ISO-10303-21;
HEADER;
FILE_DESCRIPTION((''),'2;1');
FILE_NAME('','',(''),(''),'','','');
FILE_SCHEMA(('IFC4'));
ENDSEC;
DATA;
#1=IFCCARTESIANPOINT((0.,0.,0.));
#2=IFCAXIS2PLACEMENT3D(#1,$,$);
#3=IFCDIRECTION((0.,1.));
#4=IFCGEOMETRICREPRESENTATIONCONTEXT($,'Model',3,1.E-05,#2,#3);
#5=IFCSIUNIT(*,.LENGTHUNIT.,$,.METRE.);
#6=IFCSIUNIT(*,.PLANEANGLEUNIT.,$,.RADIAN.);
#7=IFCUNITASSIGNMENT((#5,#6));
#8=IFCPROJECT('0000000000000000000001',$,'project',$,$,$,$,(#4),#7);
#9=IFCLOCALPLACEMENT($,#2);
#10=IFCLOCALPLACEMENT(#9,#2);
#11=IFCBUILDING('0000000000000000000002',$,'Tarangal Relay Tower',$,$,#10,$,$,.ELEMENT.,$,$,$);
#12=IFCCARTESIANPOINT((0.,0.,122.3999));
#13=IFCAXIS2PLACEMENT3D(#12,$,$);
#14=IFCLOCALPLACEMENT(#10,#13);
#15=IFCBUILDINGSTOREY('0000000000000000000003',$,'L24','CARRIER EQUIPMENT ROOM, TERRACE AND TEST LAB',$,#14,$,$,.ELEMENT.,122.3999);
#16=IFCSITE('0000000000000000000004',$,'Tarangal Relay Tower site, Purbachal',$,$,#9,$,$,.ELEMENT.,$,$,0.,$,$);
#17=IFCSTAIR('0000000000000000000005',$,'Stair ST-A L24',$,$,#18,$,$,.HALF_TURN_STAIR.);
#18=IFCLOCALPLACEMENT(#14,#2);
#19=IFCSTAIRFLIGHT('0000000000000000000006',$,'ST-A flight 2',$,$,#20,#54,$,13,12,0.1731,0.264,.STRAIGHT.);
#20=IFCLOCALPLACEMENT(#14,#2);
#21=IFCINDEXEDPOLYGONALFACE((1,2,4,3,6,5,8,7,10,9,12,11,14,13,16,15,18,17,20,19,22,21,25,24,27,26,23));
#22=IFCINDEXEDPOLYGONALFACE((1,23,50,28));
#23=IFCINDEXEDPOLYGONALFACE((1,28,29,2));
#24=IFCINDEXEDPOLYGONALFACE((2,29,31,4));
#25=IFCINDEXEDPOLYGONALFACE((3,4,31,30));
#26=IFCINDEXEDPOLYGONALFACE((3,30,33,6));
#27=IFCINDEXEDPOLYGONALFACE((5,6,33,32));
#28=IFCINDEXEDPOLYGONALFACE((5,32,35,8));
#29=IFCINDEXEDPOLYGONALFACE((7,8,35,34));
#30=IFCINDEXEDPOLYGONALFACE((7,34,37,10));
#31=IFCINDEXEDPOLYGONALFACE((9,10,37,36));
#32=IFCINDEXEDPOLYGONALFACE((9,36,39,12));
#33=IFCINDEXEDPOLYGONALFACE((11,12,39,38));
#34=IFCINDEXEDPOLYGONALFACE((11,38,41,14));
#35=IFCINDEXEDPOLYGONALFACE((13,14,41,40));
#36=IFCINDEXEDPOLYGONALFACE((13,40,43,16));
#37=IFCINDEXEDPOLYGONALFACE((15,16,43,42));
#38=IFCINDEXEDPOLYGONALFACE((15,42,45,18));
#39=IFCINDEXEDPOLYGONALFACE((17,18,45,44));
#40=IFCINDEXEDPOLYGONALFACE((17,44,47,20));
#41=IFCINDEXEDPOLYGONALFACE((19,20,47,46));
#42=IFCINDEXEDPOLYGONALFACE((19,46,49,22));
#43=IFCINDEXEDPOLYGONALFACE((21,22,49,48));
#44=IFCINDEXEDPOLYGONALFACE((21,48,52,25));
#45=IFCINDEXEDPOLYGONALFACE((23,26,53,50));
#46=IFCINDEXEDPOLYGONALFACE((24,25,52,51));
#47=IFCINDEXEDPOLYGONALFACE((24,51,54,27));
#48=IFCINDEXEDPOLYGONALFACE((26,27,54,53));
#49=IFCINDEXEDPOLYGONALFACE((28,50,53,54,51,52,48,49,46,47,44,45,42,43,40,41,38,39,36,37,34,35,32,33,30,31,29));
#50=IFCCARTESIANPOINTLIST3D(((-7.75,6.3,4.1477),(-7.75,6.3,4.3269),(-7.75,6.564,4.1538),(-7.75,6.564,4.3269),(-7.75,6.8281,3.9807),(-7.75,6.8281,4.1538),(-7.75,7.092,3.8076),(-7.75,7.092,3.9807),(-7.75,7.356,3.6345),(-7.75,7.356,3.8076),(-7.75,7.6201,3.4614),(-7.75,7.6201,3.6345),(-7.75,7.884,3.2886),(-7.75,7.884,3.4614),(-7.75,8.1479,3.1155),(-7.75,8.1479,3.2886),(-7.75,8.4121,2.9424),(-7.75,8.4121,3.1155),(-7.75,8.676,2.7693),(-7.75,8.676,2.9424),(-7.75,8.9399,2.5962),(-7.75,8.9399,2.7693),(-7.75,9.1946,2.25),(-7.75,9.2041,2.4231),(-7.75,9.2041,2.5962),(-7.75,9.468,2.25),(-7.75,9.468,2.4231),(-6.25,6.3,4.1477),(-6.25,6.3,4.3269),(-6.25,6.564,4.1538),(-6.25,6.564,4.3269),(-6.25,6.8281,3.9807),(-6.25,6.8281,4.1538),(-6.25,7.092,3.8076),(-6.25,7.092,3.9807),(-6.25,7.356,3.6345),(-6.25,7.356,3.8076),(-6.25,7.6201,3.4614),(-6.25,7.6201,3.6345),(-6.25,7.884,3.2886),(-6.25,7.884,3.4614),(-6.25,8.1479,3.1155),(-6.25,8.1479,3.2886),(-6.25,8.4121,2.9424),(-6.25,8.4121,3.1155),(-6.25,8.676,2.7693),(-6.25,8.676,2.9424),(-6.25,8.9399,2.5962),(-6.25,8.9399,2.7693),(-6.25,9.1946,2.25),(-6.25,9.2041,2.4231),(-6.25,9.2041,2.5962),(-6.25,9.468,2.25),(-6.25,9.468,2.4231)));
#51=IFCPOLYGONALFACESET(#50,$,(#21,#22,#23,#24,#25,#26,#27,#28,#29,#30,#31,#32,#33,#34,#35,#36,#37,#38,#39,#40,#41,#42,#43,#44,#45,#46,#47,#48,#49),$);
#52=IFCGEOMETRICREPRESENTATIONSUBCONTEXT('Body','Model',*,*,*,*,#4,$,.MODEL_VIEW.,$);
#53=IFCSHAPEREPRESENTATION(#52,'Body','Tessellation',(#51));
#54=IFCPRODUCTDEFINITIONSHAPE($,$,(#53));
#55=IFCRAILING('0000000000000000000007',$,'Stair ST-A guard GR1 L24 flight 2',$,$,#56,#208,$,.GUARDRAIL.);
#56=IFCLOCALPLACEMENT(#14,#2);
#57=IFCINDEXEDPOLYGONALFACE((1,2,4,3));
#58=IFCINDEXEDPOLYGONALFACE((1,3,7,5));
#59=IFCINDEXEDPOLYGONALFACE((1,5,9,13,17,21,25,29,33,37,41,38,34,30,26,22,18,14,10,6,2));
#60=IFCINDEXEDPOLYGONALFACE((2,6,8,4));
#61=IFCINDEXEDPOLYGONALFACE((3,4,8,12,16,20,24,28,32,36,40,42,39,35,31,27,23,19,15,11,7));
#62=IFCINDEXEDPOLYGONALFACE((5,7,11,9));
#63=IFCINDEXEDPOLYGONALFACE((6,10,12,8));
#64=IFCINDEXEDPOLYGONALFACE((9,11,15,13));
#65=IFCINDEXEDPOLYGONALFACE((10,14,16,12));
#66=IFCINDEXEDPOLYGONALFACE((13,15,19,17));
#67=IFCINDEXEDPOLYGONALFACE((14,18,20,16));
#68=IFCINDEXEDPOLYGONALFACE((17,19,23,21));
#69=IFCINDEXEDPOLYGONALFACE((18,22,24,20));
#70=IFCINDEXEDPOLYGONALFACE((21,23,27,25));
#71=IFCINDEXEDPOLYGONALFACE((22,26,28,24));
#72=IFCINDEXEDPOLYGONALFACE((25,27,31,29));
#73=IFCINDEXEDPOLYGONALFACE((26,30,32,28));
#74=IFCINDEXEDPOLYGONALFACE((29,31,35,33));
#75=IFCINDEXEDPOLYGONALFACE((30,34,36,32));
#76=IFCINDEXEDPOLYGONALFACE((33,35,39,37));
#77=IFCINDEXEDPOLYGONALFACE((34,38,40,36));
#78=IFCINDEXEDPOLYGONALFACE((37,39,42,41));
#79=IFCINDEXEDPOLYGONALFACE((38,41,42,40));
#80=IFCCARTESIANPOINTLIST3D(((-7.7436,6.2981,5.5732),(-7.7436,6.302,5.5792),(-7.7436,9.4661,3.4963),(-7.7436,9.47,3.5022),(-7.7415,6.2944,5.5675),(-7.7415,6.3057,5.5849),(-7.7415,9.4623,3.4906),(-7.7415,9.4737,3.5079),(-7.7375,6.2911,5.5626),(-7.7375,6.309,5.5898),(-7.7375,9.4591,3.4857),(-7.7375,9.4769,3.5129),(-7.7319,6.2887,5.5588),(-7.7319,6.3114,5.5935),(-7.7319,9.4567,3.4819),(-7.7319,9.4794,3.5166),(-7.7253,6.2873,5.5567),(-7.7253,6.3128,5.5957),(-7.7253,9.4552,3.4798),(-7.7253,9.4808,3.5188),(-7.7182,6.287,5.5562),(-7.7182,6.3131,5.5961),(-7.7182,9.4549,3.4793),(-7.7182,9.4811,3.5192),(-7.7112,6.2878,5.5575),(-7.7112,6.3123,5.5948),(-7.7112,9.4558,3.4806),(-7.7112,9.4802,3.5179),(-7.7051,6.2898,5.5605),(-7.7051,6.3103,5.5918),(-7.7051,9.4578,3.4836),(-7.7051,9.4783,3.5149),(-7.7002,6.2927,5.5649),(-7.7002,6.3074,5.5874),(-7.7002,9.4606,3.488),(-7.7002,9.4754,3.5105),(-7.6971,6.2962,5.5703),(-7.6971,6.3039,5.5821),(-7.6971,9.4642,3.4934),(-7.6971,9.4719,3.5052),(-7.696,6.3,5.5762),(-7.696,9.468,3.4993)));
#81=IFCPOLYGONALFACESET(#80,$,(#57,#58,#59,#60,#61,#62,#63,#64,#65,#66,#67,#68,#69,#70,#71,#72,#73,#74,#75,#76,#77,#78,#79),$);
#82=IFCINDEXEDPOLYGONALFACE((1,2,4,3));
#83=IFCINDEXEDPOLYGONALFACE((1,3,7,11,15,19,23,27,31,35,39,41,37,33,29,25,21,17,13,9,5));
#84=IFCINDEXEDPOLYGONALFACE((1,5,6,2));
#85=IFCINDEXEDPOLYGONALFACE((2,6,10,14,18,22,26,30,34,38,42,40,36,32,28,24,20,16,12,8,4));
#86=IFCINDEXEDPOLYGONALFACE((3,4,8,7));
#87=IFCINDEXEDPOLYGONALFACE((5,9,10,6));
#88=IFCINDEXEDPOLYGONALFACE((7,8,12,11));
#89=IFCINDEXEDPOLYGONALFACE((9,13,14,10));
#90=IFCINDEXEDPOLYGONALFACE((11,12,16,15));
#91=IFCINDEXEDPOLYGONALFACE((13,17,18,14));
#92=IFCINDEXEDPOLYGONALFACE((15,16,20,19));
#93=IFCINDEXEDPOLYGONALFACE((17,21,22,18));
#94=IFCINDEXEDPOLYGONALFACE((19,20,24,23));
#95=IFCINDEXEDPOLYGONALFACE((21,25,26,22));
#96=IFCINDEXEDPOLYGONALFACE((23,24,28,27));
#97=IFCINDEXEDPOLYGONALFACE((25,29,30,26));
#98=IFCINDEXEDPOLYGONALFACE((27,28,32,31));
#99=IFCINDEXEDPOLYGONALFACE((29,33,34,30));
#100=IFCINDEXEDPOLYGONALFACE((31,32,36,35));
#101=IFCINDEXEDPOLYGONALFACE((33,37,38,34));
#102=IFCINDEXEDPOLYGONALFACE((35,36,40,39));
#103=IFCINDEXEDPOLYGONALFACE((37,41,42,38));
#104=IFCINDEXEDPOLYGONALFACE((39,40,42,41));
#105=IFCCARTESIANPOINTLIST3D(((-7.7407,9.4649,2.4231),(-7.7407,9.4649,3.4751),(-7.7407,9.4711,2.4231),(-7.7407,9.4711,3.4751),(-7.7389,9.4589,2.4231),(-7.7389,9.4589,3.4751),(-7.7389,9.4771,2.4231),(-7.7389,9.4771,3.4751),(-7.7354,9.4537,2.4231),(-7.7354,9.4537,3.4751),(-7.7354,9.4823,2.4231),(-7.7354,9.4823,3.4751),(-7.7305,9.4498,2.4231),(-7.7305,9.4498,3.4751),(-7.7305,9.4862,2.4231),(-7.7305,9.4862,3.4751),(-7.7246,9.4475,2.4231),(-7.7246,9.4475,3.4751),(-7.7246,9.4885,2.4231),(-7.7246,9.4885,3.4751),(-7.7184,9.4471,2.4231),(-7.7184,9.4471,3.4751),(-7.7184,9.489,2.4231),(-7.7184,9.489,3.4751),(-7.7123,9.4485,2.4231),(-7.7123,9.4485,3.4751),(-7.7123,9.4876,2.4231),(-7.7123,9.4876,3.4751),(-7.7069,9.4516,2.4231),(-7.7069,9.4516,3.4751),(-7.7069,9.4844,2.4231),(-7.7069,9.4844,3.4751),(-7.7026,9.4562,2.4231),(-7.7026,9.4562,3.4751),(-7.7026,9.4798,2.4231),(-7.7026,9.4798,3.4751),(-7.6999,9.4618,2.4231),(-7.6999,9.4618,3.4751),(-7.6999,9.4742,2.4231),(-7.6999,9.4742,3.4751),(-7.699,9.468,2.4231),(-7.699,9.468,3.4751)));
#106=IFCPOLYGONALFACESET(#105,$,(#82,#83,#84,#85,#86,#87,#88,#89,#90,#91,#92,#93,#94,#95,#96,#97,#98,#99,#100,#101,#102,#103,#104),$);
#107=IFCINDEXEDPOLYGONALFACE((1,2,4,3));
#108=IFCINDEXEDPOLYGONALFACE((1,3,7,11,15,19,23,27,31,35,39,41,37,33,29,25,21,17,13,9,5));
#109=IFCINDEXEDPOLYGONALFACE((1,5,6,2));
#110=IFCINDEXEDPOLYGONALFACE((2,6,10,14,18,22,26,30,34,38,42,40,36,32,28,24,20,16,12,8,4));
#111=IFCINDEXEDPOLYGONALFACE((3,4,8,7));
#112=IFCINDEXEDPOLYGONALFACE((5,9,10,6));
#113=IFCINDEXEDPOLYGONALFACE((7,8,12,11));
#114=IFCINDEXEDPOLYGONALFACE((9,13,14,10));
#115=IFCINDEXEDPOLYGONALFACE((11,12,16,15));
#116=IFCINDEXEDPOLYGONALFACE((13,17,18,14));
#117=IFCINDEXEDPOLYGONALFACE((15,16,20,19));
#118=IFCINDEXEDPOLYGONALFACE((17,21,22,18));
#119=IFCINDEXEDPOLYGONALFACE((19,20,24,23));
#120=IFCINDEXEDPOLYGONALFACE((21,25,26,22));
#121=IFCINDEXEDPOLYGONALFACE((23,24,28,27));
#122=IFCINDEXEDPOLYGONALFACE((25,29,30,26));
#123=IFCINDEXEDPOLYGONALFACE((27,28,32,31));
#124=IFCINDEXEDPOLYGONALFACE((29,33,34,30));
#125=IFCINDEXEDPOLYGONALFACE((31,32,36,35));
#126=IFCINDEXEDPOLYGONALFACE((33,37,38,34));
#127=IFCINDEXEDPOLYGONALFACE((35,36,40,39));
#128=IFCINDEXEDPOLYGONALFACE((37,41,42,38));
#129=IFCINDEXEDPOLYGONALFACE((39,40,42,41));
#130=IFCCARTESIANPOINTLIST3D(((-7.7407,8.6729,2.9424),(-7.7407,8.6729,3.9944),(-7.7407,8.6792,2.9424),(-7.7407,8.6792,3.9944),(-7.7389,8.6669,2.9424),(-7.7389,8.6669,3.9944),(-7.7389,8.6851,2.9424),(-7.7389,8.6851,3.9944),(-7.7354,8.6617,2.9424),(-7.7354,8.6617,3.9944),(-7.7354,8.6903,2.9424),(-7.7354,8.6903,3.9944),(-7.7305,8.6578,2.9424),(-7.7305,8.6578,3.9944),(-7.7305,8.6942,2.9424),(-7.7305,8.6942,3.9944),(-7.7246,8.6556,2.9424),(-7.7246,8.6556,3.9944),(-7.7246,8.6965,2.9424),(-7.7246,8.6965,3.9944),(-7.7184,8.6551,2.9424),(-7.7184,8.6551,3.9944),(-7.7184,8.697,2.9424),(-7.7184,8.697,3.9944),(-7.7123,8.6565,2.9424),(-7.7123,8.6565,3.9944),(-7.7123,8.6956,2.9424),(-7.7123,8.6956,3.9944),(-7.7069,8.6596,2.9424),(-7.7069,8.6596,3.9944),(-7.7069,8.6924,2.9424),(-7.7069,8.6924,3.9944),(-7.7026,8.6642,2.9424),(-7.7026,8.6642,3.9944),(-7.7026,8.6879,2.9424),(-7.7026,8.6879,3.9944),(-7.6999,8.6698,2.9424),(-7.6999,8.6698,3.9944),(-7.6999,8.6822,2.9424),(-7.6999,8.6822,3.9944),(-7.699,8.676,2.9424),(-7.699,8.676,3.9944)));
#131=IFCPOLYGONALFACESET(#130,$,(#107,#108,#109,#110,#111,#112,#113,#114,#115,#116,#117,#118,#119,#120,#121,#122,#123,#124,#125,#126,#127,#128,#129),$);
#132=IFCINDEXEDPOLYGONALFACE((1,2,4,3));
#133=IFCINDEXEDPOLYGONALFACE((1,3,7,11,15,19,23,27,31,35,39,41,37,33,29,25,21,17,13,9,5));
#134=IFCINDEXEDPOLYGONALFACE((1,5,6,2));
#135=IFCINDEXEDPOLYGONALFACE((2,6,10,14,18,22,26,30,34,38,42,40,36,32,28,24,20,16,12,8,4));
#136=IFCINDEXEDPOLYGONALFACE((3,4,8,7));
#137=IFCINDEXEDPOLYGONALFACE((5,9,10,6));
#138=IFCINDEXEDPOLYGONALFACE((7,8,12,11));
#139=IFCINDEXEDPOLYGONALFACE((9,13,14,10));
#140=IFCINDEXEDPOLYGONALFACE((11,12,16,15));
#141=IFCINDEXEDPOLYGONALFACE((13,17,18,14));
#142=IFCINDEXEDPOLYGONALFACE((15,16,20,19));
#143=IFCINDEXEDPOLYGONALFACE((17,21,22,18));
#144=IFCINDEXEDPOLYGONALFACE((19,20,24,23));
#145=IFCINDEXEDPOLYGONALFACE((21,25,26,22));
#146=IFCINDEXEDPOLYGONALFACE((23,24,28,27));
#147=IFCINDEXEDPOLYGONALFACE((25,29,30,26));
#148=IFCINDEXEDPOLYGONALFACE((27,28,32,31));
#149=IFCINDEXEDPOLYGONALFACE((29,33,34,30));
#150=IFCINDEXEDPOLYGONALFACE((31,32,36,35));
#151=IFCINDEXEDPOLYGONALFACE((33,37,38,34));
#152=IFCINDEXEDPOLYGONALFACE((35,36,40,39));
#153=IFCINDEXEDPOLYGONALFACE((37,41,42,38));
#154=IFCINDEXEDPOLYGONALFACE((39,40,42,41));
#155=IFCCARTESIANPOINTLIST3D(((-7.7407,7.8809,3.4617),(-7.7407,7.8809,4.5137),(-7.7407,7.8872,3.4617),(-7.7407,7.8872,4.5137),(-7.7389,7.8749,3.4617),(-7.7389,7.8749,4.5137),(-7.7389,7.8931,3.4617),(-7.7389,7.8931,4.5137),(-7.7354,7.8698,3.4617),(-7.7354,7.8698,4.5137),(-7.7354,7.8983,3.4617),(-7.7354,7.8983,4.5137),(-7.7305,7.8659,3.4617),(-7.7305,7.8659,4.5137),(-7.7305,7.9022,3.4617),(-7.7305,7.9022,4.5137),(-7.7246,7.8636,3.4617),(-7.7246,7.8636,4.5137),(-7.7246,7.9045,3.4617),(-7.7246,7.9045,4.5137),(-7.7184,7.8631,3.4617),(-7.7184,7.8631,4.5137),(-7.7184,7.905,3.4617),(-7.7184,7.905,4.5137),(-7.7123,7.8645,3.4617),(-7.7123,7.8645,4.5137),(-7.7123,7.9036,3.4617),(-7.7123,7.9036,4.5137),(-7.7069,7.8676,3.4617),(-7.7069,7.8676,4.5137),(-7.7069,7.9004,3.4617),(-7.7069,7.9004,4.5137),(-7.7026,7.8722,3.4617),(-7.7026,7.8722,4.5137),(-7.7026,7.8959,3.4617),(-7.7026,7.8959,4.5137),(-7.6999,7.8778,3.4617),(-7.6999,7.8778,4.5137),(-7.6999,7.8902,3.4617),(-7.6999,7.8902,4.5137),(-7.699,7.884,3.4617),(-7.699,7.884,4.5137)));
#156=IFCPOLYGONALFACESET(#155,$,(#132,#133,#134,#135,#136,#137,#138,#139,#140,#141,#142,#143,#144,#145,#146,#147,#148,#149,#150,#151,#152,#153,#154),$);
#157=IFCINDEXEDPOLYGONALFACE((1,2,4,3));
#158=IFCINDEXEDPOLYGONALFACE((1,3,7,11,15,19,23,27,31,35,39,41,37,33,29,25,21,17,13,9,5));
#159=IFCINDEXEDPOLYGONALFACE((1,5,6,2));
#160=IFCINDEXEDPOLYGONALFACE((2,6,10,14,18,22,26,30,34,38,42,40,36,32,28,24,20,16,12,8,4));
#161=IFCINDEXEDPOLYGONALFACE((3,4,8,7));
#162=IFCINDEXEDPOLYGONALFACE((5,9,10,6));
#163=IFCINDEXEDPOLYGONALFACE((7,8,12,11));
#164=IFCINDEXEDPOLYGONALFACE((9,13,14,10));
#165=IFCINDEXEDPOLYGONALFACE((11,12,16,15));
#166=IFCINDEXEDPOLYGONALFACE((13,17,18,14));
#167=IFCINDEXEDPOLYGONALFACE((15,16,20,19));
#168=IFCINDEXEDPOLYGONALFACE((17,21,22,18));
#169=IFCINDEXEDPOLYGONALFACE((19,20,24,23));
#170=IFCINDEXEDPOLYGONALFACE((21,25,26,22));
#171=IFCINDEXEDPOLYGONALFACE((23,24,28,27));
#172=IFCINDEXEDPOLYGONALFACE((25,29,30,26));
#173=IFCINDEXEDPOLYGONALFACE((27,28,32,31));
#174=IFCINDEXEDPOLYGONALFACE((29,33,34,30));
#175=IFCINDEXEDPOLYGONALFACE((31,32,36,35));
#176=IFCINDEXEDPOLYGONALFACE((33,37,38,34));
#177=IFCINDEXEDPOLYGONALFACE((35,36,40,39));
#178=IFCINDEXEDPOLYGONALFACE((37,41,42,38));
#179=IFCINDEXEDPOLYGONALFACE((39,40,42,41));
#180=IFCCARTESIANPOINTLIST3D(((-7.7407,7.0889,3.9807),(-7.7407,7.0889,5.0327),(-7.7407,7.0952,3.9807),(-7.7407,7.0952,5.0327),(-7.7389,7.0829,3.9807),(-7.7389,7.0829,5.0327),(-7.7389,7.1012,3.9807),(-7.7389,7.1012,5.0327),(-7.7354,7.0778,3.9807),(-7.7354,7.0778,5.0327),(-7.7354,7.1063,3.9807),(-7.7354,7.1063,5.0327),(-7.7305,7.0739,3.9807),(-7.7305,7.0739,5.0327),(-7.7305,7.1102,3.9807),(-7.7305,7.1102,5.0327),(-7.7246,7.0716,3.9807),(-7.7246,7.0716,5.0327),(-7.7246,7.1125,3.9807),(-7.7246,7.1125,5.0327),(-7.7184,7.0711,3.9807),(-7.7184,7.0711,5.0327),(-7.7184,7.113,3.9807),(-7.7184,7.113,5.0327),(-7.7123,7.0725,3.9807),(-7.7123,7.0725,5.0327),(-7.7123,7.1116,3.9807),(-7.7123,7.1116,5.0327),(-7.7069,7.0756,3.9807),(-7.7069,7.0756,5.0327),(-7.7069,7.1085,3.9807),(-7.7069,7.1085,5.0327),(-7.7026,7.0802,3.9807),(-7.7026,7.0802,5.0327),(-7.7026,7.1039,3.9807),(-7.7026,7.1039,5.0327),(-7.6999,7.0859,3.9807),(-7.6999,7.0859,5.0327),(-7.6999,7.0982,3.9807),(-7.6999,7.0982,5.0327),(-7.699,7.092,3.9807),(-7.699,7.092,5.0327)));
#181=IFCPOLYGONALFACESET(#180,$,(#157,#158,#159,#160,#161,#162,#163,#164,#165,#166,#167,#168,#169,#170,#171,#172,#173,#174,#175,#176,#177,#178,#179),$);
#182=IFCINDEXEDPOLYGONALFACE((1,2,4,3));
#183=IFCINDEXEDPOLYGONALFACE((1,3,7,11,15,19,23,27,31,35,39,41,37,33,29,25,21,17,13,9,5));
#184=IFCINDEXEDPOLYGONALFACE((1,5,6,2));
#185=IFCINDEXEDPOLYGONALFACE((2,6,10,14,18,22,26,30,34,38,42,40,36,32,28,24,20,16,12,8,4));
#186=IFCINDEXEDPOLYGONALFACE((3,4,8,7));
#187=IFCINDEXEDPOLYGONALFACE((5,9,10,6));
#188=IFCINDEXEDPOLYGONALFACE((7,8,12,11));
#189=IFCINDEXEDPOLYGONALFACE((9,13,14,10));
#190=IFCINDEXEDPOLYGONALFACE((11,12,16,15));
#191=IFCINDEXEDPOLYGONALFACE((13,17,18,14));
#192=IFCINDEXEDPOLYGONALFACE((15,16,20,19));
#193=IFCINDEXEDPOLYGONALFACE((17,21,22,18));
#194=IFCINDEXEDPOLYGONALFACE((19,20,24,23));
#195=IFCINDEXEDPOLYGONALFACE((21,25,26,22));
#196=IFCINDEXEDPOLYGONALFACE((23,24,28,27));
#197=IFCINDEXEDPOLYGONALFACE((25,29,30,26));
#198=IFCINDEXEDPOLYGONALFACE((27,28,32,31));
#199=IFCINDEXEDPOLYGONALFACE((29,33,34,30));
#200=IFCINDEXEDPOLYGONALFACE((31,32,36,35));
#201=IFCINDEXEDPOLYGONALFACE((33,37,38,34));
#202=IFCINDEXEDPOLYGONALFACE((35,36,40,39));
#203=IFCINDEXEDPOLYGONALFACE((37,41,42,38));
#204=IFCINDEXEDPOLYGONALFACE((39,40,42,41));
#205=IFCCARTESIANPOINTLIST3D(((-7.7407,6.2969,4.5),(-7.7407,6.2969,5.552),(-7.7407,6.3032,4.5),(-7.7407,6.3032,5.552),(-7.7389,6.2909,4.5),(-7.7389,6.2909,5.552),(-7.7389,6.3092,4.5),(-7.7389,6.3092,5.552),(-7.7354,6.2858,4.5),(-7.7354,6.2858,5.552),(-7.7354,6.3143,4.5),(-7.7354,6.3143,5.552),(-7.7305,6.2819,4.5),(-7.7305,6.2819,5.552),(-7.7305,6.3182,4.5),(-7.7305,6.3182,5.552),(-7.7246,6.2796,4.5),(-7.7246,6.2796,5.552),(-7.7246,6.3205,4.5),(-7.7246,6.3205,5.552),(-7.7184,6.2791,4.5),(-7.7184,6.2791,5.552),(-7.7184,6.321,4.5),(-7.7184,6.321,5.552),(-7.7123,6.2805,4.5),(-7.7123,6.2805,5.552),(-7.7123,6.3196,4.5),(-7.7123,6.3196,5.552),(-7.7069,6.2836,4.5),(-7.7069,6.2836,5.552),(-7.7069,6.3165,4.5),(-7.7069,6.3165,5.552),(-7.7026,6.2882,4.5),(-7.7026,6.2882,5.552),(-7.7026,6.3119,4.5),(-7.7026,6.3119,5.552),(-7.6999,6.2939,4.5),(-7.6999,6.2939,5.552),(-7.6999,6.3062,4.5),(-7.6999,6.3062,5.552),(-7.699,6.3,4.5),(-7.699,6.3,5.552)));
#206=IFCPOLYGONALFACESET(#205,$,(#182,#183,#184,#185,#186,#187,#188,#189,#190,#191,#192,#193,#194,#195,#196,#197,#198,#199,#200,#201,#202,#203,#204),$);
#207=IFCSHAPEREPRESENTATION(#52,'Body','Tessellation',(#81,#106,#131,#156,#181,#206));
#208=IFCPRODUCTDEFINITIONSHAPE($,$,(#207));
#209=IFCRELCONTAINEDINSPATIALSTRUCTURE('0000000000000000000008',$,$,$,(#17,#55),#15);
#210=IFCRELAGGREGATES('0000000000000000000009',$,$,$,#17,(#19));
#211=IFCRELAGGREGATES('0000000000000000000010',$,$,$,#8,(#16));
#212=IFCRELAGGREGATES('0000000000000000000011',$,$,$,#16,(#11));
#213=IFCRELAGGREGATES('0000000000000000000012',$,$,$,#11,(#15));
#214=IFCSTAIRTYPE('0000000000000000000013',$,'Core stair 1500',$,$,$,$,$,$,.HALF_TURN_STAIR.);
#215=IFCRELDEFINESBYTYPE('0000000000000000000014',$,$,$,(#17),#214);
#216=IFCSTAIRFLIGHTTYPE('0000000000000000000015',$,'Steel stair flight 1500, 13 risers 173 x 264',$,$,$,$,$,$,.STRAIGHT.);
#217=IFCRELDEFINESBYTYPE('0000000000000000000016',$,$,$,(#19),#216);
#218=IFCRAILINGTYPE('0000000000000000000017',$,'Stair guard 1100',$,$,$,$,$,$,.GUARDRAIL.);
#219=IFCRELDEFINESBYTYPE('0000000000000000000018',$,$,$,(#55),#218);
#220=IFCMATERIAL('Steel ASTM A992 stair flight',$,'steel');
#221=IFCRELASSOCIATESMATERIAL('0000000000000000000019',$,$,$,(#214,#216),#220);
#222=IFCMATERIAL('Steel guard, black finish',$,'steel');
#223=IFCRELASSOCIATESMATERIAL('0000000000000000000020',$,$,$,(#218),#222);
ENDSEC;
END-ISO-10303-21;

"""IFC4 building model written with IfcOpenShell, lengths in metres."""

from ifc_helpers import new_model, si_unit, direction, frame, origin, origin_2d, place, context, subcontext, project, spatial, polyline, circle, outline, extrude, material, type_object, element, aggregate, save


model = new_model("IFC4")

# Units and contexts
model_context = context("Model", 3, precision=1e-05, world=origin(), true_north=direction((0.0, 1.0)))
body_context = subcontext(model_context, "Body", "Model", "MODEL_VIEW")
ifc_project = project(units=[si_unit("LENGTHUNIT", "METRE"), si_unit("PLANEANGLEUNIT", "RADIAN")], contexts=[model_context])

# Site, building, storey
site_placement = place(None, origin())
site = spatial("IfcSite", under=ifc_project, at=site_placement, Name="Tarangal Relay Tower site, Purbachal", CompositionType="ELEMENT", RefElevation=0.0)
building_placement = place(site_placement, origin())
building = spatial("IfcBuilding", under=site, at=building_placement, Name="Tarangal Relay Tower", CompositionType="ELEMENT")
storey_placement = place(building_placement, frame((0.0, 0.0, 122.3999)))
storey = spatial("IfcBuildingStorey", under=building, at=storey_placement, Name="L24", Description="CARRIER EQUIPMENT ROOM, TERRACE AND TEST LAB", CompositionType="ELEMENT", Elevation=122.3999)

# Stair, stair flight
ifc_material_1 = material(Name="Steel ASTM A992 stair flight", Category="steel")
stair_type = type_object("IfcStairType", Name="Core stair 1500", PredefinedType="HALF_TURN_STAIR", material=ifc_material_1)
stair_placement = place(storey_placement, origin())
stair = element("IfcStair", 1, at=stair_placement, inside=storey, type_object=stair_type, Name="Stair ST-A L24", PredefinedType="HALF_TURN_STAIR")
stair_flight_type = type_object("IfcStairFlightType", Name="Steel stair flight 1500, 13 risers 173 x 264", PredefinedType="STRAIGHT", material=ifc_material_1)
stair_flight_placement = place(storey_placement, frame((-7.0, 9.468, 2.25), z_axis=(0.0, 0.0, 1.0), x_axis=(0.0, -1.0, 0.0)))
stair_flight = element("IfcStairFlight", 2, at=stair_flight_placement, type_object=stair_flight_type, Name="ST-A flight 2", NumberOfRisers=13, NumberOfTreads=12, PredefinedType="STRAIGHT", RiserHeight=0.1731, TreadLength=0.264, context=body_context, shape_type="SweptSolid", body=[
    extrude(outline(polyline([(0.0, 0.0), (0.0, 0.1731), (0.2639, 0.1731), (0.2639, 0.3462), (0.5281, 0.3462), (0.5281, 0.5193), (0.792, 0.5193), (0.792, 0.6924), (1.0559, 0.6924), (1.0559, 0.8655), (1.3201, 0.8655), (1.3201, 1.0386), (1.584, 1.0386), (1.584, 1.2114), (1.8479, 1.2114), (1.8479, 1.3845), (2.1121, 1.3845), (2.1121, 1.5576), (2.376, 1.5576), (2.376, 1.7307), (2.6399, 1.7307), (2.6399, 1.9038), (2.9041, 1.9038), (2.9041, 2.0769), (3.168, 2.0769), (3.168, 2.25), (3.168, 1.8977), (0.2734, 0.0), (0.0, 0.0)])), frame((0.0, 0.75, 0.0), z_axis=(0.0, -1.0, 0.0), x_axis=(1.0, 0.0, 0.0)), (0.0, 0.0, 1.0), 1.5),
])
aggregate(stair, [stair_flight])

# Railing
ifc_material_2 = material(Name="Steel guard, black finish", Category="steel")
railing_type_1 = type_object("IfcRailingType", Name="Stair guard 1100", PredefinedType="GUARDRAIL", material=ifc_material_2)
railing_1_placement = place(storey_placement, frame((-7.72, 9.468, 2.4231)))
element("IfcRailing", 3, at=railing_1_placement, inside=storey, type_object=railing_type_1, Name="Stair ST-A guard GR1 L24 flight 2", PredefinedType="GUARDRAIL", context=body_context, shape_type="SweptSolid", body=[
    extrude(circle(Radius=0.0239, at=origin_2d()), frame((0.0, 0.0, 1.0762), z_axis=(0.0, -0.836299, 0.548273), x_axis=(1.0, 0.0, 0.0)), (0.0, 0.0, 1.0), 3.7881),
    extrude(circle(Radius=0.021, at=origin_2d()), origin(), (0.0, 0.0, 1.0), 1.052),
    extrude(circle(Radius=0.021, at=origin_2d()), frame((0.0, -0.792, 0.5193)), (0.0, 0.0, 1.0), 1.052),
    extrude(circle(Radius=0.021, at=origin_2d()), frame((0.0, -1.584, 1.0386)), (0.0, 0.0, 1.0), 1.052),
    extrude(circle(Radius=0.021, at=origin_2d()), frame((0.0, -2.376, 1.5576)), (0.0, 0.0, 1.0), 1.052),
    extrude(circle(Radius=0.021, at=origin_2d()), frame((0.0, -3.168, 2.0769)), (0.0, 0.0, 1.0), 1.052),
])

save(model, "model.ifc")
